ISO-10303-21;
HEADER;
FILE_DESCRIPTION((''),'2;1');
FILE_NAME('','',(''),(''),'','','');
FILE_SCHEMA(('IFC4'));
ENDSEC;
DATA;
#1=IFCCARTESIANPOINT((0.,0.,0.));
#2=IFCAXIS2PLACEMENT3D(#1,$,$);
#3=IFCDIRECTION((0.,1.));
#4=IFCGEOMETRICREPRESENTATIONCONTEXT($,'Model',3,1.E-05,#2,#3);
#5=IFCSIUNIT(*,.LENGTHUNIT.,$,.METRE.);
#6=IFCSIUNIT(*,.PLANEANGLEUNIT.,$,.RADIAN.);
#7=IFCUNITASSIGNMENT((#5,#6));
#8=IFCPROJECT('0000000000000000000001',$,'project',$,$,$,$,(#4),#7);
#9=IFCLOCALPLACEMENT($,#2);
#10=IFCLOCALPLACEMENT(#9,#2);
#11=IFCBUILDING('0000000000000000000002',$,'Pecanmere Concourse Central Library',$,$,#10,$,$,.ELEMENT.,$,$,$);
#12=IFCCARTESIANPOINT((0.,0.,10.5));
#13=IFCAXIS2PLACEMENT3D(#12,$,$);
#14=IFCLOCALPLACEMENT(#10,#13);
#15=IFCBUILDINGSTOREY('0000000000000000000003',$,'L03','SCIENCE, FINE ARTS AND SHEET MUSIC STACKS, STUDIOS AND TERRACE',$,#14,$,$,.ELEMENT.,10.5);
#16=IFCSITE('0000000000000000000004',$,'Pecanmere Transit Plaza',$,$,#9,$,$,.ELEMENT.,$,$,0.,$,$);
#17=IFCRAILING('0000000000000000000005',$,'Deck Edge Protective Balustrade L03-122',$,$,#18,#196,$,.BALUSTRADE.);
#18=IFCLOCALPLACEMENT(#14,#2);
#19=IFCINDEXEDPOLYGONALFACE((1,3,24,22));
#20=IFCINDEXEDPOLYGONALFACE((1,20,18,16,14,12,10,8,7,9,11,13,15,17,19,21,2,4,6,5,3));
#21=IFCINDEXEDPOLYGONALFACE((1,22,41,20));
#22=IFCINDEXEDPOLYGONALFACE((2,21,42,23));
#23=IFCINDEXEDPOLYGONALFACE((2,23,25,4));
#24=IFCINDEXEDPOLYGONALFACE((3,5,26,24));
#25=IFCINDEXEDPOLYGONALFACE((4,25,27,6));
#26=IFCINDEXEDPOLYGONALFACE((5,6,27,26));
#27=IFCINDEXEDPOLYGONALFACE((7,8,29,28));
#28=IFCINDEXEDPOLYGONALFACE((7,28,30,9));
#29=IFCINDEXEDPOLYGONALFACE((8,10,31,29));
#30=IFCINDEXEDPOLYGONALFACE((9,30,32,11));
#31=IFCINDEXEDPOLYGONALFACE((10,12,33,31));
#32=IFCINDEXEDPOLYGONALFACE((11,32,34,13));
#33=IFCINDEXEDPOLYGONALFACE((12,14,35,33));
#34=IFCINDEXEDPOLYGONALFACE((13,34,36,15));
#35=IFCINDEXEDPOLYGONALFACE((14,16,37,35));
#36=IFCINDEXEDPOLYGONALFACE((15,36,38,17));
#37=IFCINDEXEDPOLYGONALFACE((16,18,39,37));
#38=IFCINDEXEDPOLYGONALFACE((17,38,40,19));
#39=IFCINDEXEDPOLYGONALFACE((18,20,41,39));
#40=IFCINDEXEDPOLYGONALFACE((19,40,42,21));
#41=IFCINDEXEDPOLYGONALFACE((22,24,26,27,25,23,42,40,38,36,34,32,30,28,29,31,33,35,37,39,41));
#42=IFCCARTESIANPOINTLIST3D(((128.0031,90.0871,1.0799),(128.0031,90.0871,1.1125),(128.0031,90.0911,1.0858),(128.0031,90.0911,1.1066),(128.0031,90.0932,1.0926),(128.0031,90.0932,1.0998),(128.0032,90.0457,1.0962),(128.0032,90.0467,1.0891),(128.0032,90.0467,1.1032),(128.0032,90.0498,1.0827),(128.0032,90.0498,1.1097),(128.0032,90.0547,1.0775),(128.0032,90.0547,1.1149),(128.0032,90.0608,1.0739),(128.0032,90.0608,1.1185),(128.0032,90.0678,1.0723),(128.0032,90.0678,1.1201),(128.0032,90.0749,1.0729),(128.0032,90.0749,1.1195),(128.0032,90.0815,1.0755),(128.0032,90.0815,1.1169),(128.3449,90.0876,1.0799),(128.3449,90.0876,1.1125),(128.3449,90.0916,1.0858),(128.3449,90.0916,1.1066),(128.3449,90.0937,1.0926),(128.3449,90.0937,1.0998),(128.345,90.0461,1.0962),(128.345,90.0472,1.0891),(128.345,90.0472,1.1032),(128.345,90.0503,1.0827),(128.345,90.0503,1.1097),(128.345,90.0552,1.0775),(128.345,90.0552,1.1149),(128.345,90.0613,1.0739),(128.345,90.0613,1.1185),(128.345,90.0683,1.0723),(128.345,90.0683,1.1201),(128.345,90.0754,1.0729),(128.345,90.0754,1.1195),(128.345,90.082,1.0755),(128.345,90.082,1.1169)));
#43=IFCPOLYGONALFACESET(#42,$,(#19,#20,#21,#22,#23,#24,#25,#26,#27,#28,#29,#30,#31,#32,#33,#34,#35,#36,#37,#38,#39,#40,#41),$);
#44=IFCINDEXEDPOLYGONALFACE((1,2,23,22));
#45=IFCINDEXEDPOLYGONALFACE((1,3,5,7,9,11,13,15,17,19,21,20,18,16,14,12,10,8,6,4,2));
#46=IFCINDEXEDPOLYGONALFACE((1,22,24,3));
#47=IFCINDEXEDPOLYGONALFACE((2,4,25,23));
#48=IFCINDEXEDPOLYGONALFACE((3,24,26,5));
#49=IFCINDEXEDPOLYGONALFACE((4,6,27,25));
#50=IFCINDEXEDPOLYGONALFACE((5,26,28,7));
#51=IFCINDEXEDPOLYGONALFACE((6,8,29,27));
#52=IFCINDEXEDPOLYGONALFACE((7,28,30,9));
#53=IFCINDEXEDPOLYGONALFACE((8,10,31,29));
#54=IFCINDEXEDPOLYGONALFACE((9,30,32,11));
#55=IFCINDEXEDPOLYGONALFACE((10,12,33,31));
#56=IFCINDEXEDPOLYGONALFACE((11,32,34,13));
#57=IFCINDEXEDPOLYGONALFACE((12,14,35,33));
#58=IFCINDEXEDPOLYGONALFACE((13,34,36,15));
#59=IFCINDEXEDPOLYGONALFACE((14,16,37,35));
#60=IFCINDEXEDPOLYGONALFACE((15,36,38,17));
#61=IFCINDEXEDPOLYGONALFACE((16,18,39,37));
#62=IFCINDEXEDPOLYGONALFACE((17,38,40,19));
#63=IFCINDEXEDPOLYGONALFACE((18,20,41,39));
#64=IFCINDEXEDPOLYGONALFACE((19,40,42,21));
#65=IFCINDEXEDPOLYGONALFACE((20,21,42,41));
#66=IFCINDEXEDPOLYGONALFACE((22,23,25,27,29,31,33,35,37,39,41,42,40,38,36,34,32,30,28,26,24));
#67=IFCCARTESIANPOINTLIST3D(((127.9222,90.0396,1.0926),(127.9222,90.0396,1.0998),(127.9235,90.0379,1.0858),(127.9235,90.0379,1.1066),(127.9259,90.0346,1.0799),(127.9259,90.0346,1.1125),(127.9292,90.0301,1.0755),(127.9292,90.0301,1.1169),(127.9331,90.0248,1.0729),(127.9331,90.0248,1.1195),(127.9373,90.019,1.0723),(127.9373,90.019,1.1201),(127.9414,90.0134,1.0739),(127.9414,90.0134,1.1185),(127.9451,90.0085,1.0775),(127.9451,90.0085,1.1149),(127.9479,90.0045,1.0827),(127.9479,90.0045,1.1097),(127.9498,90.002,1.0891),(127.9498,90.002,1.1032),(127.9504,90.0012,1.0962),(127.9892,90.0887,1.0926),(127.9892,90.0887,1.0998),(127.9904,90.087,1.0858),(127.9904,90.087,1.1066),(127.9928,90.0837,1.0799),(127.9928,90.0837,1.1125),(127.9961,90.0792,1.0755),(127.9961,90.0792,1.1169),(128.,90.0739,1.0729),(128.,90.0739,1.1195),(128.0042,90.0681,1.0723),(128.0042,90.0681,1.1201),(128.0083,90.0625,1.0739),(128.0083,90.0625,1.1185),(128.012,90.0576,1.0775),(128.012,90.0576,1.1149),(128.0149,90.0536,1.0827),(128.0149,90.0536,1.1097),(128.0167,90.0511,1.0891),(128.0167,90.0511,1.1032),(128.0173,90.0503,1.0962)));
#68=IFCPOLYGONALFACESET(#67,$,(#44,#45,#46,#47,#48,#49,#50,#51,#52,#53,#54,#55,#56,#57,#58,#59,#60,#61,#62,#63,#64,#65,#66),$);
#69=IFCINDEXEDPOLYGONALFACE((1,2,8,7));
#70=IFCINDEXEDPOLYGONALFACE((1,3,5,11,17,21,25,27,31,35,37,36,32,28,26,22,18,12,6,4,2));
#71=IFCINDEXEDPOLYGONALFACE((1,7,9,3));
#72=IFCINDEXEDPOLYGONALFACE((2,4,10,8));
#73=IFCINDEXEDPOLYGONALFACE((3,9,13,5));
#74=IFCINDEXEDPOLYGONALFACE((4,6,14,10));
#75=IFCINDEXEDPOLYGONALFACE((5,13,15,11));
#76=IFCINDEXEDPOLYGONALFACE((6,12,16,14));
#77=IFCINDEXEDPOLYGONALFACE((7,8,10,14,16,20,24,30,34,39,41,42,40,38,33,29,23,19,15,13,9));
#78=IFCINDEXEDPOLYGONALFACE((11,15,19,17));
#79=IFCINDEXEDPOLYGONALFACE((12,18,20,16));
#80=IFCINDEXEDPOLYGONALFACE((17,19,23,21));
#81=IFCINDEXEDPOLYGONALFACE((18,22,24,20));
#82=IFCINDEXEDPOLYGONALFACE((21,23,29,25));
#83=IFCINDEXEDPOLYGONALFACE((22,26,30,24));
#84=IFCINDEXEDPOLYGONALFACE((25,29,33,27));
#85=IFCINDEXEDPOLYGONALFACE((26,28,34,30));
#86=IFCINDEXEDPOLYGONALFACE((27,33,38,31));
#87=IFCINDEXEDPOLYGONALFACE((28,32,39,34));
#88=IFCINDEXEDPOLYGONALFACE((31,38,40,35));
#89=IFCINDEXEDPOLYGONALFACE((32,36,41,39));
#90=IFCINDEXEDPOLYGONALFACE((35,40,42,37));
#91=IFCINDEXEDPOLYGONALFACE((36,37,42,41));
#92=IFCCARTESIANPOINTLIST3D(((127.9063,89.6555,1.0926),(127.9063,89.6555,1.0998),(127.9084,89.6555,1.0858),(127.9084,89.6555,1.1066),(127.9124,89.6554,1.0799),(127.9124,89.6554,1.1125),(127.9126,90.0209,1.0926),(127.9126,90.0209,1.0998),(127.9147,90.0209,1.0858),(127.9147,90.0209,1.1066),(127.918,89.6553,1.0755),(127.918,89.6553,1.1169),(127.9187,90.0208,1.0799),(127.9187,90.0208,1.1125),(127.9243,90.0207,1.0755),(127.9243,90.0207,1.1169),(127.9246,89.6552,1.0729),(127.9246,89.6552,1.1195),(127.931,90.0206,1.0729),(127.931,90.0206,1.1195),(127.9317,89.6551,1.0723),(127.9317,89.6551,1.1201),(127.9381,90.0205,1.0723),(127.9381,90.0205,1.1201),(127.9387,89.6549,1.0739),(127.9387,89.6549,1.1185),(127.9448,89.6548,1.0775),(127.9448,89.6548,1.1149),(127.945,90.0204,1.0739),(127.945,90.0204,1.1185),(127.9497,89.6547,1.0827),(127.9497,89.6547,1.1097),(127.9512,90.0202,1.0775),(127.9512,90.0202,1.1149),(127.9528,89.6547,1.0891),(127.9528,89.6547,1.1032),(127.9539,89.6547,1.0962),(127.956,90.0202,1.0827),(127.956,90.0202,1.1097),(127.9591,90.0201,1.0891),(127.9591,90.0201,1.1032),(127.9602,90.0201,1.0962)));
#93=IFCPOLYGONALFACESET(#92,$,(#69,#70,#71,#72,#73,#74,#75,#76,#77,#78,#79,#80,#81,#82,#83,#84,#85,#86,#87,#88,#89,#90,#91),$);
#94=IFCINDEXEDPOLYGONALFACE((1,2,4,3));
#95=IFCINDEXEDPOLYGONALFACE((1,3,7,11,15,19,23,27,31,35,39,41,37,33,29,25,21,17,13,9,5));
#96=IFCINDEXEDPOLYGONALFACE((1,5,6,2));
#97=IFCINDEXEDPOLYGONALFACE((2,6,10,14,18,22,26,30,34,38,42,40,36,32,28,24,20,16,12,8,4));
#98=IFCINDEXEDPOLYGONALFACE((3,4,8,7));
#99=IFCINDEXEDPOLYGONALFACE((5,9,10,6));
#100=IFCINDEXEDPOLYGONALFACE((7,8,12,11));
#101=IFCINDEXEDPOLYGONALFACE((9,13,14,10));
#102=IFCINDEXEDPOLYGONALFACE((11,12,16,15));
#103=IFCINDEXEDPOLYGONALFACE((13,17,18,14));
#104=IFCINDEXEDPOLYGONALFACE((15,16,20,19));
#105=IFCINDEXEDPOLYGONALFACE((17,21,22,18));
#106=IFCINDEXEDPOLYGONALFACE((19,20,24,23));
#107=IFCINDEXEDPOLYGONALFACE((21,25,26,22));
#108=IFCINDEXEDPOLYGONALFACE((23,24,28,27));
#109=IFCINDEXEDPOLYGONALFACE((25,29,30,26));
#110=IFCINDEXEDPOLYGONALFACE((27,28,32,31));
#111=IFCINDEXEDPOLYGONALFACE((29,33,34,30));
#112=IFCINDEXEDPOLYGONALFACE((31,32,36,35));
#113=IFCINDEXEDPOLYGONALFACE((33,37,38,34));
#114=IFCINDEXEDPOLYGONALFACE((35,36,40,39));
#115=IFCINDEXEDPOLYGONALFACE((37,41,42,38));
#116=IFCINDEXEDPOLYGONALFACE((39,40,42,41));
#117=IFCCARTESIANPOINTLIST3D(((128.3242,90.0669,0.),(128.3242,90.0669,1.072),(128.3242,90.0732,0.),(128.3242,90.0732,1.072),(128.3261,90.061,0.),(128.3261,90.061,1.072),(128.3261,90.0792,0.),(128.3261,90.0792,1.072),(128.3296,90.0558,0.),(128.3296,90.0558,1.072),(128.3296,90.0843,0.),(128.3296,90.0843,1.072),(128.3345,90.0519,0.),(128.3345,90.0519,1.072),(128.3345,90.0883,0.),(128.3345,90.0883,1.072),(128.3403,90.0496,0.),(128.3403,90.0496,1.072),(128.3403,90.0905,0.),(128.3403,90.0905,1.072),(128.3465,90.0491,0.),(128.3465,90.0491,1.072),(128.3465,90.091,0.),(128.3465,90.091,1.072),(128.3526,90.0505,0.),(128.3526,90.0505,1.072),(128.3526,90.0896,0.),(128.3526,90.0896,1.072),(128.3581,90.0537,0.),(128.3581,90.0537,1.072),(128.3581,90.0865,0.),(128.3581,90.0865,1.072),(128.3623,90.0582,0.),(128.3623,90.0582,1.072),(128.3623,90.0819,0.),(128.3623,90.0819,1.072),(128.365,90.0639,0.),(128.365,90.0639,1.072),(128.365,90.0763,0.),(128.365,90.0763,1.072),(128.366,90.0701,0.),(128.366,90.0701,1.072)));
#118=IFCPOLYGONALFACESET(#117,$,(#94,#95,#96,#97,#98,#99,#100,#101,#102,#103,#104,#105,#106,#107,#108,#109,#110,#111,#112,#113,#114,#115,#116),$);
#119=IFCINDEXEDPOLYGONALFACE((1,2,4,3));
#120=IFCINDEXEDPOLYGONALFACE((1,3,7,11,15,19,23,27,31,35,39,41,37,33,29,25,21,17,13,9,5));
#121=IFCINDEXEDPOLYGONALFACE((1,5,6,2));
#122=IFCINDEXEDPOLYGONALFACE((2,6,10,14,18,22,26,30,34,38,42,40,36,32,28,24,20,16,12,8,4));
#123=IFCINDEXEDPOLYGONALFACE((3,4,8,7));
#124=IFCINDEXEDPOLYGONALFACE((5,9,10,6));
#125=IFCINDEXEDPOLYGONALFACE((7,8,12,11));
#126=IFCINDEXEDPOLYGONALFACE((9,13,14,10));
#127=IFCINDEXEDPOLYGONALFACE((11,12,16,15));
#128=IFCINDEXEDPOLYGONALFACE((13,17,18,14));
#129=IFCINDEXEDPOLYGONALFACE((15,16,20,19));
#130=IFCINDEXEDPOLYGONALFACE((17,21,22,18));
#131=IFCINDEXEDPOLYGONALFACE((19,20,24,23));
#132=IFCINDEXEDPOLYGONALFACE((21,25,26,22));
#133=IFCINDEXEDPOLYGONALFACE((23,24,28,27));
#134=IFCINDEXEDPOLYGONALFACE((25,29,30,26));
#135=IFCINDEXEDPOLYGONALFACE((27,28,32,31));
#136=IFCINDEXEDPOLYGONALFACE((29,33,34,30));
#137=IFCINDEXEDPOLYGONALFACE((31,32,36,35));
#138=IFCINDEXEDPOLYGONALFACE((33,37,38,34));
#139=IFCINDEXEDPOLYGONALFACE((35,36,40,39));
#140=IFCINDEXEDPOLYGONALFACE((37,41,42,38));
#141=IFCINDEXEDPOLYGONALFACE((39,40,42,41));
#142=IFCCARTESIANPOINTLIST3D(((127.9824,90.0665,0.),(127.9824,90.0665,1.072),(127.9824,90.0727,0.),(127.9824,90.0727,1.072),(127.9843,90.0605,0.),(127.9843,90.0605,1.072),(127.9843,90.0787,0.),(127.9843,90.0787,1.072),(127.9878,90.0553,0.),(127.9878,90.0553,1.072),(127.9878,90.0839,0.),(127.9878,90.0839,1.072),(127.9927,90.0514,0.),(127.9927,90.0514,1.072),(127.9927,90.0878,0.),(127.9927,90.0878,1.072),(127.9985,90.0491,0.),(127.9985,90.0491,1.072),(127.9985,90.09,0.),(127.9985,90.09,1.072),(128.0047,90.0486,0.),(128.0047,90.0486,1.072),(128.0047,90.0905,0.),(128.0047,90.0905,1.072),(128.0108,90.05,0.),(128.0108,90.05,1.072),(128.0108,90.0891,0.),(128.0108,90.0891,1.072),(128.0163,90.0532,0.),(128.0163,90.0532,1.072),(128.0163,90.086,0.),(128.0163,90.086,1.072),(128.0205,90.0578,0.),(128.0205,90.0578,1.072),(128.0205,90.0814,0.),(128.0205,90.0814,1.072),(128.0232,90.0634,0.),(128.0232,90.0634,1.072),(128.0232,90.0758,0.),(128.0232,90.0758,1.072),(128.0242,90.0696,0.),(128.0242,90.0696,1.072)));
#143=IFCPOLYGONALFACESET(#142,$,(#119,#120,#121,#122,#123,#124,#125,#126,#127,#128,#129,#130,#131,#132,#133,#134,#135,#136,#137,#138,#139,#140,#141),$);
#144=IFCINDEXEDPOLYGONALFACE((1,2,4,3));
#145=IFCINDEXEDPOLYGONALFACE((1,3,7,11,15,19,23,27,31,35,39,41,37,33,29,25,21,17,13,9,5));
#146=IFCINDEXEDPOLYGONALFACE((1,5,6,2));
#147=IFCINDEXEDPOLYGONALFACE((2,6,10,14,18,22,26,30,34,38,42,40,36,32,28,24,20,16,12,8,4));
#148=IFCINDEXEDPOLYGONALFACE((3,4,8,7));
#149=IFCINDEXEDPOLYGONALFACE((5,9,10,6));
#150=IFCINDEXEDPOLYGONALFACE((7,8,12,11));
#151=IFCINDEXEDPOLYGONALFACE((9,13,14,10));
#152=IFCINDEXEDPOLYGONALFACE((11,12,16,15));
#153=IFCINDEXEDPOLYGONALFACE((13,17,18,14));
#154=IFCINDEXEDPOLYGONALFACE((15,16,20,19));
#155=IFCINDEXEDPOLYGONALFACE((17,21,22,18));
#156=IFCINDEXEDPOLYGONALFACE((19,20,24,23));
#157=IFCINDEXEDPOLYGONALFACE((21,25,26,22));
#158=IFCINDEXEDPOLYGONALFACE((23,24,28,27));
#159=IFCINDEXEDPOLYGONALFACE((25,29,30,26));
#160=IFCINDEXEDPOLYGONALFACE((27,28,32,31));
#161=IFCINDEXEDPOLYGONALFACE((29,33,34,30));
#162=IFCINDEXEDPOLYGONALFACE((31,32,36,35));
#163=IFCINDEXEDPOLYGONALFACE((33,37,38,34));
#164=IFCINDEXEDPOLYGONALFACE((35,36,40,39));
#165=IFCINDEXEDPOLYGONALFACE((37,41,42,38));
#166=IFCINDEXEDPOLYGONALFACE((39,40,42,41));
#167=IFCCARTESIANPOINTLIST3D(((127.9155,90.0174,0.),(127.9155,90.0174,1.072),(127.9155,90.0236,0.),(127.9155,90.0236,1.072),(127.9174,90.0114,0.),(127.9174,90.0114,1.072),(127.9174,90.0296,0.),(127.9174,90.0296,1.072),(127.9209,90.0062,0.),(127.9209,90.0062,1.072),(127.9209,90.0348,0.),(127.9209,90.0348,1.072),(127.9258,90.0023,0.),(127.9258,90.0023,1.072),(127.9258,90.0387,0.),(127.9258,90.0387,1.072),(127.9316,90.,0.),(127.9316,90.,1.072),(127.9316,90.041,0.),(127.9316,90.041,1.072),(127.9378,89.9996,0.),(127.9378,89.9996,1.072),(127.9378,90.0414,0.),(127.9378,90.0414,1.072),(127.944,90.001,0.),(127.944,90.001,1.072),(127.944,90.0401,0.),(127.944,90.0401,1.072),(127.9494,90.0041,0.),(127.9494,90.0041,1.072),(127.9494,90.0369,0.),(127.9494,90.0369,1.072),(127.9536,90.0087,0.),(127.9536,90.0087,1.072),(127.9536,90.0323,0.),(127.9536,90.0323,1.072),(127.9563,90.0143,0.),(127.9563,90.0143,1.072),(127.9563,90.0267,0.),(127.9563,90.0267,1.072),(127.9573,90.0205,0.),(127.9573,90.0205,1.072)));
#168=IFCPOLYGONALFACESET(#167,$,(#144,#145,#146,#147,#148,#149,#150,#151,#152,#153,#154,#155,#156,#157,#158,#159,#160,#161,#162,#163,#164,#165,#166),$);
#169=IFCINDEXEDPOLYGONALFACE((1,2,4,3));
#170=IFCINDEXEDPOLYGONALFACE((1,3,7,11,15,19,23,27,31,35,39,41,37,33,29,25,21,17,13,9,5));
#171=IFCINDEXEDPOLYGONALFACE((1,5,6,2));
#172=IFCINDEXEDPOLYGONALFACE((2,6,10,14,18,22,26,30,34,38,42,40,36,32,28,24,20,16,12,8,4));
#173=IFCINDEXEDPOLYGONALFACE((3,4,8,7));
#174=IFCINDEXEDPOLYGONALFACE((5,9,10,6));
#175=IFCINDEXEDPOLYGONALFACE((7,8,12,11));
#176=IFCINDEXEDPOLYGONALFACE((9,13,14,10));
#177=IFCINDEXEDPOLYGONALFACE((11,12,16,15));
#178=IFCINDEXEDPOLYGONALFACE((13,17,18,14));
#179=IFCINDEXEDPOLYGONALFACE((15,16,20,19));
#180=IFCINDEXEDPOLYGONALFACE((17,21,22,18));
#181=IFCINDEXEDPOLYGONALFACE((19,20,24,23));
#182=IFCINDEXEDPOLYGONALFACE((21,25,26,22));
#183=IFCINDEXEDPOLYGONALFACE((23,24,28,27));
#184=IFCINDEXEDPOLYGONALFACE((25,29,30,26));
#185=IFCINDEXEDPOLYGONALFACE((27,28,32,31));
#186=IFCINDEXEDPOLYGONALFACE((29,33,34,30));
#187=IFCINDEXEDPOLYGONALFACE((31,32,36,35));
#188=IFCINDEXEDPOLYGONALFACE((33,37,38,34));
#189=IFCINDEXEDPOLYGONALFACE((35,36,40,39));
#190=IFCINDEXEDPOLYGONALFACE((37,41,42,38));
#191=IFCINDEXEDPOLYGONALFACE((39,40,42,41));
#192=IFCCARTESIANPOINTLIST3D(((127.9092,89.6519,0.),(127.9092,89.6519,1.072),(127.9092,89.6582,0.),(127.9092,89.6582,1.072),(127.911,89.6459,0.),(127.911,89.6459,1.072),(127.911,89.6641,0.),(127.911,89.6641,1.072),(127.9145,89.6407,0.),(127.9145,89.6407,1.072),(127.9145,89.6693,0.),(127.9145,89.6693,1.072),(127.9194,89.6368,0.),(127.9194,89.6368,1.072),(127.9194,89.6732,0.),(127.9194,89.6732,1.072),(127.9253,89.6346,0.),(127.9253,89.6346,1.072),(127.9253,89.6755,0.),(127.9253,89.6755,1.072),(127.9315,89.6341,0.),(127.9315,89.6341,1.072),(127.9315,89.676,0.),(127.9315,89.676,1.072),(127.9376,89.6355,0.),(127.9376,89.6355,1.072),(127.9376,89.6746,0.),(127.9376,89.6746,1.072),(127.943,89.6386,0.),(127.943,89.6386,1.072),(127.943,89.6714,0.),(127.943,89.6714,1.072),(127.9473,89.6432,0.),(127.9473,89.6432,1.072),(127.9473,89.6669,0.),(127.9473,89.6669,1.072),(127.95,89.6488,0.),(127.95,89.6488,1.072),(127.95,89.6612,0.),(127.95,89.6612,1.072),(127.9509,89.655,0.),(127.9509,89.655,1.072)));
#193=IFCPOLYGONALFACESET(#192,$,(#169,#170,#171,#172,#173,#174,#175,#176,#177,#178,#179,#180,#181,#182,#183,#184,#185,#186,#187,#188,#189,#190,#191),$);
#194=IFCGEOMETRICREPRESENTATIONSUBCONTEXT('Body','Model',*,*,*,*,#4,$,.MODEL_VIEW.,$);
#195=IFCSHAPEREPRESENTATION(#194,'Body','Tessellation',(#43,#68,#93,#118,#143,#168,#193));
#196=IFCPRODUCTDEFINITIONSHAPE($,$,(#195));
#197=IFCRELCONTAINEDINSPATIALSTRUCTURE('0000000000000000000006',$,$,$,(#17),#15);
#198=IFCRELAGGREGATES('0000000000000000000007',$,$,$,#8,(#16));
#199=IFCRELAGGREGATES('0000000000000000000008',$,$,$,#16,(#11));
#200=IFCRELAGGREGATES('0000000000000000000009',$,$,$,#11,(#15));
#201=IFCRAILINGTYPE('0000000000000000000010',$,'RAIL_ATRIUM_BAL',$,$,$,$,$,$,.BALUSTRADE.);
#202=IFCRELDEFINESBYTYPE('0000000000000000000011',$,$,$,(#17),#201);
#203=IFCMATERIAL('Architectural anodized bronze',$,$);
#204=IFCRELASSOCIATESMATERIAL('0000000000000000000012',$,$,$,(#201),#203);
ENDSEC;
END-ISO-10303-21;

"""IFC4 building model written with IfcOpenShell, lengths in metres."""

from ifc_helpers import new_model, si_unit, direction, frame, origin, origin_2d, place, context, subcontext, project, spatial, circle, extrude, material, type_object, element, save


model = new_model("IFC4")

# Units and contexts
model_context = context("Model", 3, precision=1e-05, world=origin(), true_north=direction((0.0, 1.0)))
body_context = subcontext(model_context, "Body", "Model", "MODEL_VIEW")
ifc_project = project(units=[si_unit("LENGTHUNIT", "METRE"), si_unit("PLANEANGLEUNIT", "RADIAN")], contexts=[model_context])

# Site, building, storey
site_placement = place(None, origin())
site = spatial("IfcSite", under=ifc_project, at=site_placement, Name="Pecanmere Transit Plaza", CompositionType="ELEMENT", RefElevation=0.0)
building_placement = place(site_placement, origin())
building = spatial("IfcBuilding", under=site, at=building_placement, Name="Pecanmere Concourse Central Library", CompositionType="ELEMENT")
storey_placement = place(building_placement, frame((0.0, 0.0, 10.5)))
storey = spatial("IfcBuildingStorey", under=building, at=storey_placement, Name="L03", Description="SCIENCE, FINE ARTS AND SHEET MUSIC STACKS, STUDIOS AND TERRACE", CompositionType="ELEMENT", Elevation=10.5)

# Railing
ifc_material_1 = material(Name="Architectural anodized bronze")
railing_type = type_object("IfcRailingType", Name="RAIL_ATRIUM_BAL", PredefinedType="BALUSTRADE", material=ifc_material_1)
railing_placement = place(storey_placement, frame((128.345, 90.0701, 0.0)))
element("IfcRailing", 1, at=railing_placement, inside=storey, type_object=railing_type, Name="Deck Edge Protective Balustrade L03-122", PredefinedType="BALUSTRADE", context=body_context, shape_type="SweptSolid", body=[
    extrude(circle(Radius=0.0239, at=origin_2d()), frame((0.0, 0.0, 1.0962), z_axis=(-0.999999, -0.001429, 0.0), x_axis=(0.001429, -0.999999, 0.0)), (0.0, 0.0, 1.0), 0.3418),
    extrude(circle(Radius=0.0239, at=origin_2d()), frame((-0.3418, -0.0005, 1.0962), z_axis=(-0.806311, -0.591491, 0.0), x_axis=(0.591491, -0.806311, 0.0)), (0.0, 0.0, 1.0), 0.083),
    extrude(circle(Radius=0.0239, at=origin_2d()), frame((-0.4087, -0.0496, 1.0962), z_axis=(-0.017365, -0.999849, 0.0), x_axis=(0.999849, -0.017365, 0.0)), (0.0, 0.0, 1.0), 0.3655),
    extrude(circle(Radius=0.021, at=origin_2d()), origin(), (0.0, 0.0, 1.0), 1.072),
    extrude(circle(Radius=0.021, at=origin_2d()), frame((-0.3418, -0.0005, 0.0)), (0.0, 0.0, 1.0), 1.072),
    extrude(circle(Radius=0.021, at=origin_2d()), frame((-0.4087, -0.0496, 0.0)), (0.0, 0.0, 1.0), 1.072),
    extrude(circle(Radius=0.021, at=origin_2d()), frame((-0.415, -0.415, 0.0)), (0.0, 0.0, 1.0), 1.072),
])

save(model, "model.ifc")
